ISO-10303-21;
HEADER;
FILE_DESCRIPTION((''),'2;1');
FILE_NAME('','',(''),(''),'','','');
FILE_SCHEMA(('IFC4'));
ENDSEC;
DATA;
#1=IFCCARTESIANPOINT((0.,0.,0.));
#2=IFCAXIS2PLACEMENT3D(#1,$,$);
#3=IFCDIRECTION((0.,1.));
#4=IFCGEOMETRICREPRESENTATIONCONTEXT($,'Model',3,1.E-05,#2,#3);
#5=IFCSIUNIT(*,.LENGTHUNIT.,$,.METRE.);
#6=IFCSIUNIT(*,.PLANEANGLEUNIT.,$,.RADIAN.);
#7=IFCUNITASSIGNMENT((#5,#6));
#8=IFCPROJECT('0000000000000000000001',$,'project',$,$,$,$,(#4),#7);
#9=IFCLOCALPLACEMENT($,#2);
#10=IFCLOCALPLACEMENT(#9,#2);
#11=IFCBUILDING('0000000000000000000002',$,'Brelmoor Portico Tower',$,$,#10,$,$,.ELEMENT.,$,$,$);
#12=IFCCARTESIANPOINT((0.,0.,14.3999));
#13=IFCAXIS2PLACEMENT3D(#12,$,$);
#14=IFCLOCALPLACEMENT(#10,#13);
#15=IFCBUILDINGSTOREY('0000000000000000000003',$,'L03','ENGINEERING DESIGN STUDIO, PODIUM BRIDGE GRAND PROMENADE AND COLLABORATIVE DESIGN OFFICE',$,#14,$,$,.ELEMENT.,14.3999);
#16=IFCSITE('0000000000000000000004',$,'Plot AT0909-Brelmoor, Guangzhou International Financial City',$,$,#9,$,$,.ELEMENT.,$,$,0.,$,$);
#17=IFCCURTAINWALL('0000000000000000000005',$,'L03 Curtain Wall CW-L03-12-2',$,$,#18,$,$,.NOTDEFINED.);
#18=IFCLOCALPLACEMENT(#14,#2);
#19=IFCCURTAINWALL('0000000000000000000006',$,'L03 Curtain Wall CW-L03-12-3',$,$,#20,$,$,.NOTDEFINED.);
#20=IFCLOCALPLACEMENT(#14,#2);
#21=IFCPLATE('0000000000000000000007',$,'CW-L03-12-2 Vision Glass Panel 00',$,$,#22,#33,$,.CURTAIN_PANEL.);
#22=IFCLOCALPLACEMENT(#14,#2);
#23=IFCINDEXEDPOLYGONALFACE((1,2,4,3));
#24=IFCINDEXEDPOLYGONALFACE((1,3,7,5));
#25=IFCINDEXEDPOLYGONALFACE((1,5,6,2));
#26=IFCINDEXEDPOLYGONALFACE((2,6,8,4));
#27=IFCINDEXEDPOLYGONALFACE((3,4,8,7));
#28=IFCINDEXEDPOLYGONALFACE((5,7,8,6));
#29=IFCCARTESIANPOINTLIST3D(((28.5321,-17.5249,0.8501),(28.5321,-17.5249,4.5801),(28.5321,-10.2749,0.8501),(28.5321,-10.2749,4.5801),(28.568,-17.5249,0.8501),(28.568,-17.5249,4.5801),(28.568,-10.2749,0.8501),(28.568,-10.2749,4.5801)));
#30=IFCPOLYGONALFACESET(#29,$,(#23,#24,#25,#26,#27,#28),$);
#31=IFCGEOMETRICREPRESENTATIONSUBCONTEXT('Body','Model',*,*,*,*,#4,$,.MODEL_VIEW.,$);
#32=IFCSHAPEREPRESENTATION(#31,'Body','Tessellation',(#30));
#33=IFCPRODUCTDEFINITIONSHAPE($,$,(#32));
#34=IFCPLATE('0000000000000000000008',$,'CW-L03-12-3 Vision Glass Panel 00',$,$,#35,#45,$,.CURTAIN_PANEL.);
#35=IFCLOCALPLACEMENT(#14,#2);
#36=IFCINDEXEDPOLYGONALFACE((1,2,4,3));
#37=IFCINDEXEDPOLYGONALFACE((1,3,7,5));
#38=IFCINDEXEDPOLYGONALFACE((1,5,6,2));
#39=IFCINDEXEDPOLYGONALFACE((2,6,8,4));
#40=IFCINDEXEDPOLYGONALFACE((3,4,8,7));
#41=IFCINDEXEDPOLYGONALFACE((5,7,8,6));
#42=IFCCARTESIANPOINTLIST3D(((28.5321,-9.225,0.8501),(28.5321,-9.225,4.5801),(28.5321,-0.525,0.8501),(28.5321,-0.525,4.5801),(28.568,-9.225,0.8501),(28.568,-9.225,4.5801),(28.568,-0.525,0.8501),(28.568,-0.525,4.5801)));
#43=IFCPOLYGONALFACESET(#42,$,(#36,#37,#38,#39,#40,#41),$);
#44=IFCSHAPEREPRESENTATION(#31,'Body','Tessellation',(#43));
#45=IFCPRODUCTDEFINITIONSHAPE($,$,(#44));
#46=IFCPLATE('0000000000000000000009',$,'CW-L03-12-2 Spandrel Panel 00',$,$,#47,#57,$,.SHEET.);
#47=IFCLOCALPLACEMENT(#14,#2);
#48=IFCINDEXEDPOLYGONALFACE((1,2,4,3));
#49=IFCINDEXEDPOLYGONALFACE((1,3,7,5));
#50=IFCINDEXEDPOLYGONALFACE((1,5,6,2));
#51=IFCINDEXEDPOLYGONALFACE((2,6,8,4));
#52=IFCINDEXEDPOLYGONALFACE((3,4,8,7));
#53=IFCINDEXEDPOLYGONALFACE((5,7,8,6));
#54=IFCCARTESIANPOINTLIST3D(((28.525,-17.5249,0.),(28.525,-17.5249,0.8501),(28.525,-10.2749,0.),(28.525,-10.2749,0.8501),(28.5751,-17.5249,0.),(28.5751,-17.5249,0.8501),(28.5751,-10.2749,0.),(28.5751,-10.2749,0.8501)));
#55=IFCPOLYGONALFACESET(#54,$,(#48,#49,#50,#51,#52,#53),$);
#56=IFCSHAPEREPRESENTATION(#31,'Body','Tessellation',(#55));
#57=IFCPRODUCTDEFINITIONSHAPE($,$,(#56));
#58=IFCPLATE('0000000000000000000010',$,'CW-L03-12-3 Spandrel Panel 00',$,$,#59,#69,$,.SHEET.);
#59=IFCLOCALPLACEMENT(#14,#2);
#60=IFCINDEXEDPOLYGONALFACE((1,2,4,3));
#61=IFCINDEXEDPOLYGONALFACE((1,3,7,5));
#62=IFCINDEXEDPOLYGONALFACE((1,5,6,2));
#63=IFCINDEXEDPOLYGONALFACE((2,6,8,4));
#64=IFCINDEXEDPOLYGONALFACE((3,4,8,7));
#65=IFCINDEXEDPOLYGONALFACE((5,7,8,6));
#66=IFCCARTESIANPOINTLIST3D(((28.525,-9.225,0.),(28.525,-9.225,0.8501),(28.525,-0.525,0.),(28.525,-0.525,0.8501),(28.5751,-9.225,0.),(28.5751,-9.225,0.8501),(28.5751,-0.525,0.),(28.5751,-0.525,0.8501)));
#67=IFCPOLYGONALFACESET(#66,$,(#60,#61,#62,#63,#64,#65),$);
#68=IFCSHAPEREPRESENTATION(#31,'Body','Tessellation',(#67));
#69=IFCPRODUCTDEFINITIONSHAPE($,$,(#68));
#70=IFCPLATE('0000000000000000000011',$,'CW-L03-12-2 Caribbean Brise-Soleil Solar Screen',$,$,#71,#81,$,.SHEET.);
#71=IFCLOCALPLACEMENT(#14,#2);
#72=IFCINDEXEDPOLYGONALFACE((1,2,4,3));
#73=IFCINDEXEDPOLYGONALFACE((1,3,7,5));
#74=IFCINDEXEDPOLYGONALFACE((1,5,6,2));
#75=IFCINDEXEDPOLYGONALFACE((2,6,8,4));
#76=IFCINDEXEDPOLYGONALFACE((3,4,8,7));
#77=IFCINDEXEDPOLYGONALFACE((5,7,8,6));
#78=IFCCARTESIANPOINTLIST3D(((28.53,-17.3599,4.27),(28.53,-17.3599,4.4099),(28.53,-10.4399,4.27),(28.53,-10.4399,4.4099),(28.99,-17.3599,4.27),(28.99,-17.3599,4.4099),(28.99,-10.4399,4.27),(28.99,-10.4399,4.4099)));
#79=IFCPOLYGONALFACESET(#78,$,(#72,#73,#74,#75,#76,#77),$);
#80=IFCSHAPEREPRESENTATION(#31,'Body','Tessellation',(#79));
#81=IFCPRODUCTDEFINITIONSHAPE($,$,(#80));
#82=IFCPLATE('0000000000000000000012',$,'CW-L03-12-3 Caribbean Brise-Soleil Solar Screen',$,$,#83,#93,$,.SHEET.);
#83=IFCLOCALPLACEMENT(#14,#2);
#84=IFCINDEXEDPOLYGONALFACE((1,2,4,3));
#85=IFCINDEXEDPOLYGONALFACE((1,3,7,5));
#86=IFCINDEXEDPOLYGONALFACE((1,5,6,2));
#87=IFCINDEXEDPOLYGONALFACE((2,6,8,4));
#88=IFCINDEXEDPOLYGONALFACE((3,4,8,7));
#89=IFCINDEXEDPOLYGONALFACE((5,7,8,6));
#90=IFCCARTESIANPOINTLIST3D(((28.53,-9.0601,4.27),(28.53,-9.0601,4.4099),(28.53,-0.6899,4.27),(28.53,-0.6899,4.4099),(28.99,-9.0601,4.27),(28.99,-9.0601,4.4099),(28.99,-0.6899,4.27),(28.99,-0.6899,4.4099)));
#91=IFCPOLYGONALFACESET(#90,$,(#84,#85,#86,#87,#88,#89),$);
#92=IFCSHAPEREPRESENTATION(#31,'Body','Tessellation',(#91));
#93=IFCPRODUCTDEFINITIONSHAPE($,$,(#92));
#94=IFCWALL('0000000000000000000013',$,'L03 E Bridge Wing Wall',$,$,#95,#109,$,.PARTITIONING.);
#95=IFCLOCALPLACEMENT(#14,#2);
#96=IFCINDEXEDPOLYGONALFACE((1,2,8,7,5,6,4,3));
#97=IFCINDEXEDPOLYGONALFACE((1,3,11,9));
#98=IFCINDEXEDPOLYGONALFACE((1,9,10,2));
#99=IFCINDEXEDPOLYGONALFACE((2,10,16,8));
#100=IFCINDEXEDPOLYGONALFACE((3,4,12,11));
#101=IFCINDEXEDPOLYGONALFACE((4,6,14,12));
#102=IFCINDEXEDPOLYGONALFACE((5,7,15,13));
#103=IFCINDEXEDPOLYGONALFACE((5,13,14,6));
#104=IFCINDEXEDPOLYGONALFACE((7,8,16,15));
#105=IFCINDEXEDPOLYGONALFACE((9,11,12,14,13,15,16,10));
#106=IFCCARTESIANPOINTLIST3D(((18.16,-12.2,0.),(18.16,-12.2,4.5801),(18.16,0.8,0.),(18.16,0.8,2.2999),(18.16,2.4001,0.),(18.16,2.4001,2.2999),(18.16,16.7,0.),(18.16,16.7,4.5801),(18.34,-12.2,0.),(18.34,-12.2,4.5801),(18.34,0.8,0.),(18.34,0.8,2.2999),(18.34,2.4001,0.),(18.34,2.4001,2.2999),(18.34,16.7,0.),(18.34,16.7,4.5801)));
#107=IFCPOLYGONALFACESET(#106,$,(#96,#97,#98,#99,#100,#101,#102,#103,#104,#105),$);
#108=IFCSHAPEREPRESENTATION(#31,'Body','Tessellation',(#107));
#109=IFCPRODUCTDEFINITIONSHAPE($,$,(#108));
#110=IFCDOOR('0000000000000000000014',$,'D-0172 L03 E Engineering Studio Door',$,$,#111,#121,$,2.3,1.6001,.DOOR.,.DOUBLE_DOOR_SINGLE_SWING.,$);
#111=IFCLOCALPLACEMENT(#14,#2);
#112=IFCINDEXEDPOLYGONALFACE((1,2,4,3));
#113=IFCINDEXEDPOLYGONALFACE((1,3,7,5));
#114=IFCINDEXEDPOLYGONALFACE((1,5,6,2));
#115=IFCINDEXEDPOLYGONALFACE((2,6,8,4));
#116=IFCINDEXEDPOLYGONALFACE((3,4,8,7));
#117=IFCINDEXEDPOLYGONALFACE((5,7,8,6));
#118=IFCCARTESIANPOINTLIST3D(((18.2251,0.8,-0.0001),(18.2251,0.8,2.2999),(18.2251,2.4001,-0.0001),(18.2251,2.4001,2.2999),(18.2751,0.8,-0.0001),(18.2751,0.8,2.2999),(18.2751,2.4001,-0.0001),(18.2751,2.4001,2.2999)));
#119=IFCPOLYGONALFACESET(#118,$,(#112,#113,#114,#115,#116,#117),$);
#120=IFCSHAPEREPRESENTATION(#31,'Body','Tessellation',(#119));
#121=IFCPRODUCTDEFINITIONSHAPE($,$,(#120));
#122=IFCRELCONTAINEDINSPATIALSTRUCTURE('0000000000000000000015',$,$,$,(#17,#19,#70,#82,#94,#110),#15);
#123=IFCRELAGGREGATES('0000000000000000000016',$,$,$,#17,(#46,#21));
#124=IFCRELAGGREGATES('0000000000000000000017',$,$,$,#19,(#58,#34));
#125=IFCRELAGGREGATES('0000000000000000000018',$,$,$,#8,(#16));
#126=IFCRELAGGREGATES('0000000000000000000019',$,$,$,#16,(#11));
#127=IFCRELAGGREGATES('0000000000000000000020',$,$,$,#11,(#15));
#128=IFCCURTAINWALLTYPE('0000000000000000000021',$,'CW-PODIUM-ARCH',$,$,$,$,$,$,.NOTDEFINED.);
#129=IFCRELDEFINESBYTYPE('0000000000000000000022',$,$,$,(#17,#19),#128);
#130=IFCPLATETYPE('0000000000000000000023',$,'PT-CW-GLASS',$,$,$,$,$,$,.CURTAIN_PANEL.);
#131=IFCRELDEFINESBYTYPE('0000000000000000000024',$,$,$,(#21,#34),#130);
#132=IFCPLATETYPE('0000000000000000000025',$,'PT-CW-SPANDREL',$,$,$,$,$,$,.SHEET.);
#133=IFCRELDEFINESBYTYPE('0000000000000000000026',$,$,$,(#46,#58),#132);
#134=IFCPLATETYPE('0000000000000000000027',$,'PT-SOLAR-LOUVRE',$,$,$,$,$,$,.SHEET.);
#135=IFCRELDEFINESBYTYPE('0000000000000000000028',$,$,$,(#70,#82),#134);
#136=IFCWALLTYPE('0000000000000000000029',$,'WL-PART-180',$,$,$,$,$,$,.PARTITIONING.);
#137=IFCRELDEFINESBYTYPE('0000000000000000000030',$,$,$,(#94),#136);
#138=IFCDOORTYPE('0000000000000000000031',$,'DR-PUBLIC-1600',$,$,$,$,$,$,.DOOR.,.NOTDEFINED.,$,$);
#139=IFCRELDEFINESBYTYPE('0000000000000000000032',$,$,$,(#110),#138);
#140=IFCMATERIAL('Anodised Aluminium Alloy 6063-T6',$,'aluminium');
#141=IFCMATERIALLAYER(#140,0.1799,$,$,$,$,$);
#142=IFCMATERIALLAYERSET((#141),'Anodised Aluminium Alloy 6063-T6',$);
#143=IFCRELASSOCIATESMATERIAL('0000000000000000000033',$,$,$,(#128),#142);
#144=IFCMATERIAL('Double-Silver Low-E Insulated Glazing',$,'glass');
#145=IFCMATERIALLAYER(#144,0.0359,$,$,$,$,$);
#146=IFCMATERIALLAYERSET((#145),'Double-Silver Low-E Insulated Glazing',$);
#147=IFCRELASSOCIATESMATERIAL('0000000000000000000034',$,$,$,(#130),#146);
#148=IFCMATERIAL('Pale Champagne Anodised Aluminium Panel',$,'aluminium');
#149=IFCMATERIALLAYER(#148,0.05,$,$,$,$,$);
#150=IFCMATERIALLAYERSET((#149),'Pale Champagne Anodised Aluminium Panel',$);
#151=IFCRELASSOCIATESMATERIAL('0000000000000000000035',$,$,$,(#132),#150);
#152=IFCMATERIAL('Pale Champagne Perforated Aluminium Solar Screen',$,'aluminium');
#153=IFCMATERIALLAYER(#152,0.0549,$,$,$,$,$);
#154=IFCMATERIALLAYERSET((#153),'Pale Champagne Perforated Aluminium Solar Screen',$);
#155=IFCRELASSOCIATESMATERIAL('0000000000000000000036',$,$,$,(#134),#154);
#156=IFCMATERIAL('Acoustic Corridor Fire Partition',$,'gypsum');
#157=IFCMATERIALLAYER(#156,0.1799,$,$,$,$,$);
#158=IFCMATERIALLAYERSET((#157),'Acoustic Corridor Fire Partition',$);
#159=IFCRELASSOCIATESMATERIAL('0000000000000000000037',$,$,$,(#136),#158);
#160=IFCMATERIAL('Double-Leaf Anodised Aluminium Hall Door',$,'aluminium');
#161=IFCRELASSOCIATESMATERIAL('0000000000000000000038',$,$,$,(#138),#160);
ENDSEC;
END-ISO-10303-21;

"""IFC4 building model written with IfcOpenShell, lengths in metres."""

from ifc_helpers import new_model, si_unit, direction, frame, frame_2d, origin, origin_2d, place, context, subcontext, project, spatial, rectangle, extrude, material, layer, layer_set, type_object, element, fill, aggregate, save


model = new_model("IFC4")

# Units and contexts
model_context = context("Model", 3, precision=1e-05, world=origin(), true_north=direction((0.0, 1.0)))
body_context = subcontext(model_context, "Body", "Model", "MODEL_VIEW")
ifc_project = project(units=[si_unit("LENGTHUNIT", "METRE"), si_unit("PLANEANGLEUNIT", "RADIAN")], contexts=[model_context])

# Site, building, storey
site_placement = place(None, origin())
site = spatial("IfcSite", under=ifc_project, at=site_placement, Name="Plot AT0909-Brelmoor, Guangzhou International Financial City", CompositionType="ELEMENT", RefElevation=0.0)
building_placement = place(site_placement, origin())
building = spatial("IfcBuilding", under=site, at=building_placement, Name="Brelmoor Portico Tower", CompositionType="ELEMENT")
storey_placement = place(building_placement, frame((0.0, 0.0, 14.3999)))
storey = spatial("IfcBuildingStorey", under=building, at=storey_placement, Name="L03", Description="ENGINEERING DESIGN STUDIO, PODIUM BRIDGE GRAND PROMENADE AND COLLABORATIVE DESIGN OFFICE", CompositionType="ELEMENT", Elevation=14.3999)

# Curtain walls
ifc_material_1 = material(Name="Anodised Aluminium Alloy 6063-T6", Category="aluminium")
ifc_layer_1 = layer(ifc_material_1, 0.1799)
ifc_layer_set_1 = layer_set([ifc_layer_1], Name="Anodised Aluminium Alloy 6063-T6")
curtain_wall_type = type_object("IfcCurtainWallType", Name="CW-PODIUM-ARCH", PredefinedType="NOTDEFINED", material=ifc_layer_set_1)
curtain_wall_1_placement = place(storey_placement, origin())
curtain_wall_1 = element("IfcCurtainWall", 1, at=curtain_wall_1_placement, inside=storey, type_object=curtain_wall_type, Name="L03 Curtain Wall CW-L03-12-2", PredefinedType="NOTDEFINED")
curtain_wall_2_placement = place(storey_placement, origin())
curtain_wall_2 = element("IfcCurtainWall", 2, at=curtain_wall_2_placement, inside=storey, type_object=curtain_wall_type, Name="L03 Curtain Wall CW-L03-12-3", PredefinedType="NOTDEFINED")

# Plates
ifc_material_2 = material(Name="Double-Silver Low-E Insulated Glazing", Category="glass")
ifc_layer_2 = layer(ifc_material_2, 0.0359)
ifc_layer_set_2 = layer_set([ifc_layer_2], Name="Double-Silver Low-E Insulated Glazing")
plate_type_1 = type_object("IfcPlateType", Name="PT-CW-GLASS", PredefinedType="CURTAIN_PANEL", material=ifc_layer_set_2)
plate_1_placement = place(storey_placement, frame((28.55, -13.8999, 0.8501), z_axis=(0.0, 0.0, 1.0), x_axis=(0.0, 1.0, 0.0)))
plate_1 = element("IfcPlate", 3, at=plate_1_placement, type_object=plate_type_1, Name="CW-L03-12-2 Vision Glass Panel 00", PredefinedType="CURTAIN_PANEL", context=body_context, shape_type="SweptSolid", body=[
    extrude(rectangle(XDim=7.25, YDim=0.0359, at=origin_2d()), origin(), (0.0, 0.0, 1.0), 3.73),
])
plate_2_placement = place(storey_placement, frame((28.55, -4.875, 0.8501), z_axis=(0.0, 0.0, 1.0), x_axis=(0.0, 1.0, 0.0)))
plate_2 = element("IfcPlate", 4, at=plate_2_placement, type_object=plate_type_1, Name="CW-L03-12-3 Vision Glass Panel 00", PredefinedType="CURTAIN_PANEL", context=body_context, shape_type="SweptSolid", body=[
    extrude(rectangle(XDim=8.7, YDim=0.0359, at=origin_2d()), origin(), (0.0, 0.0, 1.0), 3.73),
])
ifc_material_3 = material(Name="Pale Champagne Anodised Aluminium Panel", Category="aluminium")
ifc_layer_3 = layer(ifc_material_3, 0.05)
ifc_layer_set_3 = layer_set([ifc_layer_3], Name="Pale Champagne Anodised Aluminium Panel")
plate_type_2 = type_object("IfcPlateType", Name="PT-CW-SPANDREL", PredefinedType="SHEET", material=ifc_layer_set_3)
plate_3_placement = place(storey_placement, frame((28.55, -13.8999, 0.0), z_axis=(0.0, 0.0, 1.0), x_axis=(0.0, 1.0, 0.0)))
plate_3 = element("IfcPlate", 5, at=plate_3_placement, type_object=plate_type_2, Name="CW-L03-12-2 Spandrel Panel 00", PredefinedType="SHEET", context=body_context, shape_type="SweptSolid", body=[
    extrude(rectangle(XDim=7.25, YDim=0.05, at=origin_2d()), origin(), (0.0, 0.0, 1.0), 0.8501),
])
aggregate(curtain_wall_1, [plate_3, plate_1])
plate_4_placement = place(storey_placement, frame((28.55, -4.875, 0.0), z_axis=(0.0, 0.0, 1.0), x_axis=(0.0, 1.0, 0.0)))
plate_4 = element("IfcPlate", 6, at=plate_4_placement, type_object=plate_type_2, Name="CW-L03-12-3 Spandrel Panel 00", PredefinedType="SHEET", context=body_context, shape_type="SweptSolid", body=[
    extrude(rectangle(XDim=8.7, YDim=0.05, at=origin_2d()), origin(), (0.0, 0.0, 1.0), 0.8501),
])
aggregate(curtain_wall_2, [plate_4, plate_2])

# Plates
ifc_material_4 = material(Name="Pale Champagne Perforated Aluminium Solar Screen", Category="aluminium")
ifc_layer_4 = layer(ifc_material_4, 0.0549)
ifc_layer_set_4 = layer_set([ifc_layer_4], Name="Pale Champagne Perforated Aluminium Solar Screen")
plate_type_3 = type_object("IfcPlateType", Name="PT-SOLAR-LOUVRE", PredefinedType="SHEET", material=ifc_layer_set_4)
plate_5_placement = place(storey_placement, frame((28.76, -13.8999, 4.27), z_axis=(0.0, 0.0, 1.0), x_axis=(0.0, 1.0, 0.0)))
element("IfcPlate", 7, at=plate_5_placement, inside=storey, type_object=plate_type_3, Name="CW-L03-12-2 Caribbean Brise-Soleil Solar Screen", PredefinedType="SHEET", context=body_context, shape_type="SweptSolid", body=[
    extrude(rectangle(XDim=6.9199, YDim=0.46, at=origin_2d()), origin(), (0.0, 0.0, 1.0), 0.1399),
])
plate_6_placement = place(storey_placement, frame((28.76, -4.875, 4.27), z_axis=(0.0, 0.0, 1.0), x_axis=(0.0, 1.0, 0.0)))
element("IfcPlate", 8, at=plate_6_placement, inside=storey, type_object=plate_type_3, Name="CW-L03-12-3 Caribbean Brise-Soleil Solar Screen", PredefinedType="SHEET", context=body_context, shape_type="SweptSolid", body=[
    extrude(rectangle(XDim=8.3701, YDim=0.46, at=origin_2d()), origin(), (0.0, 0.0, 1.0), 0.1399),
])

# Wall, opening, door
ifc_material_5 = material(Name="Acoustic Corridor Fire Partition", Category="gypsum")
ifc_layer_5 = layer(ifc_material_5, 0.1799)
ifc_layer_set_5 = layer_set([ifc_layer_5], Name="Acoustic Corridor Fire Partition")
wall_type = type_object("IfcWallType", Name="WL-PART-180", PredefinedType="PARTITIONING", material=ifc_layer_set_5)
wall_placement = place(storey_placement, frame((18.25, -12.2, 0.0), z_axis=(0.0, 0.0, 1.0), x_axis=(0.0, 1.0, 0.0)))
wall = element("IfcWall", 9, at=wall_placement, inside=storey, type_object=wall_type, Name="L03 E Bridge Wing Wall", PredefinedType="PARTITIONING", context=body_context, shape_type="SweptSolid", body=[
    extrude(rectangle(XDim=28.8999, YDim=0.1799, at=frame_2d((14.45, 0.0))), origin(), (0.0, 0.0, 1.0), 4.5801),
])
opening_placement = place(wall_placement, frame((13.0, 0.0, 0.0)))
opening = element("IfcOpeningElement", 10, at=opening_placement, cuts=wall, PredefinedType="OPENING", context=body_context, shape_type="SweptSolid", body=[
    extrude(rectangle(XDim=1.6001, YDim=2.3, at=frame_2d((0.8, 1.1499))), frame((0.0, 0.0999, 0.0), z_axis=(0.0, -1.0, 0.0), x_axis=(1.0, 0.0, 0.0)), (0.0, 0.0, 1.0), 0.2),
])
ifc_material_6 = material(Name="Double-Leaf Anodised Aluminium Hall Door", Category="aluminium")
door_type = type_object("IfcDoorType", Name="DR-PUBLIC-1600", OperationType="NOTDEFINED", PredefinedType="DOOR", material=ifc_material_6)
door_placement = place(opening_placement, origin())
door = element("IfcDoor", 11, at=door_placement, inside=storey, type_object=door_type, Name="D-0172 L03 E Engineering Studio Door", OperationType="DOUBLE_DOOR_SINGLE_SWING", OverallHeight=2.3, OverallWidth=1.6001, PredefinedType="DOOR", context=body_context, shape_type="SweptSolid", body=[
    extrude(rectangle(XDim=1.6001, YDim=2.3, at=frame_2d((0.8, 1.1499))), frame((0.0, 0.0249, 0.0), z_axis=(0.0, -1.0, 0.0), x_axis=(1.0, 0.0, 0.0)), (0.0, 0.0, 1.0), 0.05),
])
fill(opening, door)

save(model, "model.ifc")
